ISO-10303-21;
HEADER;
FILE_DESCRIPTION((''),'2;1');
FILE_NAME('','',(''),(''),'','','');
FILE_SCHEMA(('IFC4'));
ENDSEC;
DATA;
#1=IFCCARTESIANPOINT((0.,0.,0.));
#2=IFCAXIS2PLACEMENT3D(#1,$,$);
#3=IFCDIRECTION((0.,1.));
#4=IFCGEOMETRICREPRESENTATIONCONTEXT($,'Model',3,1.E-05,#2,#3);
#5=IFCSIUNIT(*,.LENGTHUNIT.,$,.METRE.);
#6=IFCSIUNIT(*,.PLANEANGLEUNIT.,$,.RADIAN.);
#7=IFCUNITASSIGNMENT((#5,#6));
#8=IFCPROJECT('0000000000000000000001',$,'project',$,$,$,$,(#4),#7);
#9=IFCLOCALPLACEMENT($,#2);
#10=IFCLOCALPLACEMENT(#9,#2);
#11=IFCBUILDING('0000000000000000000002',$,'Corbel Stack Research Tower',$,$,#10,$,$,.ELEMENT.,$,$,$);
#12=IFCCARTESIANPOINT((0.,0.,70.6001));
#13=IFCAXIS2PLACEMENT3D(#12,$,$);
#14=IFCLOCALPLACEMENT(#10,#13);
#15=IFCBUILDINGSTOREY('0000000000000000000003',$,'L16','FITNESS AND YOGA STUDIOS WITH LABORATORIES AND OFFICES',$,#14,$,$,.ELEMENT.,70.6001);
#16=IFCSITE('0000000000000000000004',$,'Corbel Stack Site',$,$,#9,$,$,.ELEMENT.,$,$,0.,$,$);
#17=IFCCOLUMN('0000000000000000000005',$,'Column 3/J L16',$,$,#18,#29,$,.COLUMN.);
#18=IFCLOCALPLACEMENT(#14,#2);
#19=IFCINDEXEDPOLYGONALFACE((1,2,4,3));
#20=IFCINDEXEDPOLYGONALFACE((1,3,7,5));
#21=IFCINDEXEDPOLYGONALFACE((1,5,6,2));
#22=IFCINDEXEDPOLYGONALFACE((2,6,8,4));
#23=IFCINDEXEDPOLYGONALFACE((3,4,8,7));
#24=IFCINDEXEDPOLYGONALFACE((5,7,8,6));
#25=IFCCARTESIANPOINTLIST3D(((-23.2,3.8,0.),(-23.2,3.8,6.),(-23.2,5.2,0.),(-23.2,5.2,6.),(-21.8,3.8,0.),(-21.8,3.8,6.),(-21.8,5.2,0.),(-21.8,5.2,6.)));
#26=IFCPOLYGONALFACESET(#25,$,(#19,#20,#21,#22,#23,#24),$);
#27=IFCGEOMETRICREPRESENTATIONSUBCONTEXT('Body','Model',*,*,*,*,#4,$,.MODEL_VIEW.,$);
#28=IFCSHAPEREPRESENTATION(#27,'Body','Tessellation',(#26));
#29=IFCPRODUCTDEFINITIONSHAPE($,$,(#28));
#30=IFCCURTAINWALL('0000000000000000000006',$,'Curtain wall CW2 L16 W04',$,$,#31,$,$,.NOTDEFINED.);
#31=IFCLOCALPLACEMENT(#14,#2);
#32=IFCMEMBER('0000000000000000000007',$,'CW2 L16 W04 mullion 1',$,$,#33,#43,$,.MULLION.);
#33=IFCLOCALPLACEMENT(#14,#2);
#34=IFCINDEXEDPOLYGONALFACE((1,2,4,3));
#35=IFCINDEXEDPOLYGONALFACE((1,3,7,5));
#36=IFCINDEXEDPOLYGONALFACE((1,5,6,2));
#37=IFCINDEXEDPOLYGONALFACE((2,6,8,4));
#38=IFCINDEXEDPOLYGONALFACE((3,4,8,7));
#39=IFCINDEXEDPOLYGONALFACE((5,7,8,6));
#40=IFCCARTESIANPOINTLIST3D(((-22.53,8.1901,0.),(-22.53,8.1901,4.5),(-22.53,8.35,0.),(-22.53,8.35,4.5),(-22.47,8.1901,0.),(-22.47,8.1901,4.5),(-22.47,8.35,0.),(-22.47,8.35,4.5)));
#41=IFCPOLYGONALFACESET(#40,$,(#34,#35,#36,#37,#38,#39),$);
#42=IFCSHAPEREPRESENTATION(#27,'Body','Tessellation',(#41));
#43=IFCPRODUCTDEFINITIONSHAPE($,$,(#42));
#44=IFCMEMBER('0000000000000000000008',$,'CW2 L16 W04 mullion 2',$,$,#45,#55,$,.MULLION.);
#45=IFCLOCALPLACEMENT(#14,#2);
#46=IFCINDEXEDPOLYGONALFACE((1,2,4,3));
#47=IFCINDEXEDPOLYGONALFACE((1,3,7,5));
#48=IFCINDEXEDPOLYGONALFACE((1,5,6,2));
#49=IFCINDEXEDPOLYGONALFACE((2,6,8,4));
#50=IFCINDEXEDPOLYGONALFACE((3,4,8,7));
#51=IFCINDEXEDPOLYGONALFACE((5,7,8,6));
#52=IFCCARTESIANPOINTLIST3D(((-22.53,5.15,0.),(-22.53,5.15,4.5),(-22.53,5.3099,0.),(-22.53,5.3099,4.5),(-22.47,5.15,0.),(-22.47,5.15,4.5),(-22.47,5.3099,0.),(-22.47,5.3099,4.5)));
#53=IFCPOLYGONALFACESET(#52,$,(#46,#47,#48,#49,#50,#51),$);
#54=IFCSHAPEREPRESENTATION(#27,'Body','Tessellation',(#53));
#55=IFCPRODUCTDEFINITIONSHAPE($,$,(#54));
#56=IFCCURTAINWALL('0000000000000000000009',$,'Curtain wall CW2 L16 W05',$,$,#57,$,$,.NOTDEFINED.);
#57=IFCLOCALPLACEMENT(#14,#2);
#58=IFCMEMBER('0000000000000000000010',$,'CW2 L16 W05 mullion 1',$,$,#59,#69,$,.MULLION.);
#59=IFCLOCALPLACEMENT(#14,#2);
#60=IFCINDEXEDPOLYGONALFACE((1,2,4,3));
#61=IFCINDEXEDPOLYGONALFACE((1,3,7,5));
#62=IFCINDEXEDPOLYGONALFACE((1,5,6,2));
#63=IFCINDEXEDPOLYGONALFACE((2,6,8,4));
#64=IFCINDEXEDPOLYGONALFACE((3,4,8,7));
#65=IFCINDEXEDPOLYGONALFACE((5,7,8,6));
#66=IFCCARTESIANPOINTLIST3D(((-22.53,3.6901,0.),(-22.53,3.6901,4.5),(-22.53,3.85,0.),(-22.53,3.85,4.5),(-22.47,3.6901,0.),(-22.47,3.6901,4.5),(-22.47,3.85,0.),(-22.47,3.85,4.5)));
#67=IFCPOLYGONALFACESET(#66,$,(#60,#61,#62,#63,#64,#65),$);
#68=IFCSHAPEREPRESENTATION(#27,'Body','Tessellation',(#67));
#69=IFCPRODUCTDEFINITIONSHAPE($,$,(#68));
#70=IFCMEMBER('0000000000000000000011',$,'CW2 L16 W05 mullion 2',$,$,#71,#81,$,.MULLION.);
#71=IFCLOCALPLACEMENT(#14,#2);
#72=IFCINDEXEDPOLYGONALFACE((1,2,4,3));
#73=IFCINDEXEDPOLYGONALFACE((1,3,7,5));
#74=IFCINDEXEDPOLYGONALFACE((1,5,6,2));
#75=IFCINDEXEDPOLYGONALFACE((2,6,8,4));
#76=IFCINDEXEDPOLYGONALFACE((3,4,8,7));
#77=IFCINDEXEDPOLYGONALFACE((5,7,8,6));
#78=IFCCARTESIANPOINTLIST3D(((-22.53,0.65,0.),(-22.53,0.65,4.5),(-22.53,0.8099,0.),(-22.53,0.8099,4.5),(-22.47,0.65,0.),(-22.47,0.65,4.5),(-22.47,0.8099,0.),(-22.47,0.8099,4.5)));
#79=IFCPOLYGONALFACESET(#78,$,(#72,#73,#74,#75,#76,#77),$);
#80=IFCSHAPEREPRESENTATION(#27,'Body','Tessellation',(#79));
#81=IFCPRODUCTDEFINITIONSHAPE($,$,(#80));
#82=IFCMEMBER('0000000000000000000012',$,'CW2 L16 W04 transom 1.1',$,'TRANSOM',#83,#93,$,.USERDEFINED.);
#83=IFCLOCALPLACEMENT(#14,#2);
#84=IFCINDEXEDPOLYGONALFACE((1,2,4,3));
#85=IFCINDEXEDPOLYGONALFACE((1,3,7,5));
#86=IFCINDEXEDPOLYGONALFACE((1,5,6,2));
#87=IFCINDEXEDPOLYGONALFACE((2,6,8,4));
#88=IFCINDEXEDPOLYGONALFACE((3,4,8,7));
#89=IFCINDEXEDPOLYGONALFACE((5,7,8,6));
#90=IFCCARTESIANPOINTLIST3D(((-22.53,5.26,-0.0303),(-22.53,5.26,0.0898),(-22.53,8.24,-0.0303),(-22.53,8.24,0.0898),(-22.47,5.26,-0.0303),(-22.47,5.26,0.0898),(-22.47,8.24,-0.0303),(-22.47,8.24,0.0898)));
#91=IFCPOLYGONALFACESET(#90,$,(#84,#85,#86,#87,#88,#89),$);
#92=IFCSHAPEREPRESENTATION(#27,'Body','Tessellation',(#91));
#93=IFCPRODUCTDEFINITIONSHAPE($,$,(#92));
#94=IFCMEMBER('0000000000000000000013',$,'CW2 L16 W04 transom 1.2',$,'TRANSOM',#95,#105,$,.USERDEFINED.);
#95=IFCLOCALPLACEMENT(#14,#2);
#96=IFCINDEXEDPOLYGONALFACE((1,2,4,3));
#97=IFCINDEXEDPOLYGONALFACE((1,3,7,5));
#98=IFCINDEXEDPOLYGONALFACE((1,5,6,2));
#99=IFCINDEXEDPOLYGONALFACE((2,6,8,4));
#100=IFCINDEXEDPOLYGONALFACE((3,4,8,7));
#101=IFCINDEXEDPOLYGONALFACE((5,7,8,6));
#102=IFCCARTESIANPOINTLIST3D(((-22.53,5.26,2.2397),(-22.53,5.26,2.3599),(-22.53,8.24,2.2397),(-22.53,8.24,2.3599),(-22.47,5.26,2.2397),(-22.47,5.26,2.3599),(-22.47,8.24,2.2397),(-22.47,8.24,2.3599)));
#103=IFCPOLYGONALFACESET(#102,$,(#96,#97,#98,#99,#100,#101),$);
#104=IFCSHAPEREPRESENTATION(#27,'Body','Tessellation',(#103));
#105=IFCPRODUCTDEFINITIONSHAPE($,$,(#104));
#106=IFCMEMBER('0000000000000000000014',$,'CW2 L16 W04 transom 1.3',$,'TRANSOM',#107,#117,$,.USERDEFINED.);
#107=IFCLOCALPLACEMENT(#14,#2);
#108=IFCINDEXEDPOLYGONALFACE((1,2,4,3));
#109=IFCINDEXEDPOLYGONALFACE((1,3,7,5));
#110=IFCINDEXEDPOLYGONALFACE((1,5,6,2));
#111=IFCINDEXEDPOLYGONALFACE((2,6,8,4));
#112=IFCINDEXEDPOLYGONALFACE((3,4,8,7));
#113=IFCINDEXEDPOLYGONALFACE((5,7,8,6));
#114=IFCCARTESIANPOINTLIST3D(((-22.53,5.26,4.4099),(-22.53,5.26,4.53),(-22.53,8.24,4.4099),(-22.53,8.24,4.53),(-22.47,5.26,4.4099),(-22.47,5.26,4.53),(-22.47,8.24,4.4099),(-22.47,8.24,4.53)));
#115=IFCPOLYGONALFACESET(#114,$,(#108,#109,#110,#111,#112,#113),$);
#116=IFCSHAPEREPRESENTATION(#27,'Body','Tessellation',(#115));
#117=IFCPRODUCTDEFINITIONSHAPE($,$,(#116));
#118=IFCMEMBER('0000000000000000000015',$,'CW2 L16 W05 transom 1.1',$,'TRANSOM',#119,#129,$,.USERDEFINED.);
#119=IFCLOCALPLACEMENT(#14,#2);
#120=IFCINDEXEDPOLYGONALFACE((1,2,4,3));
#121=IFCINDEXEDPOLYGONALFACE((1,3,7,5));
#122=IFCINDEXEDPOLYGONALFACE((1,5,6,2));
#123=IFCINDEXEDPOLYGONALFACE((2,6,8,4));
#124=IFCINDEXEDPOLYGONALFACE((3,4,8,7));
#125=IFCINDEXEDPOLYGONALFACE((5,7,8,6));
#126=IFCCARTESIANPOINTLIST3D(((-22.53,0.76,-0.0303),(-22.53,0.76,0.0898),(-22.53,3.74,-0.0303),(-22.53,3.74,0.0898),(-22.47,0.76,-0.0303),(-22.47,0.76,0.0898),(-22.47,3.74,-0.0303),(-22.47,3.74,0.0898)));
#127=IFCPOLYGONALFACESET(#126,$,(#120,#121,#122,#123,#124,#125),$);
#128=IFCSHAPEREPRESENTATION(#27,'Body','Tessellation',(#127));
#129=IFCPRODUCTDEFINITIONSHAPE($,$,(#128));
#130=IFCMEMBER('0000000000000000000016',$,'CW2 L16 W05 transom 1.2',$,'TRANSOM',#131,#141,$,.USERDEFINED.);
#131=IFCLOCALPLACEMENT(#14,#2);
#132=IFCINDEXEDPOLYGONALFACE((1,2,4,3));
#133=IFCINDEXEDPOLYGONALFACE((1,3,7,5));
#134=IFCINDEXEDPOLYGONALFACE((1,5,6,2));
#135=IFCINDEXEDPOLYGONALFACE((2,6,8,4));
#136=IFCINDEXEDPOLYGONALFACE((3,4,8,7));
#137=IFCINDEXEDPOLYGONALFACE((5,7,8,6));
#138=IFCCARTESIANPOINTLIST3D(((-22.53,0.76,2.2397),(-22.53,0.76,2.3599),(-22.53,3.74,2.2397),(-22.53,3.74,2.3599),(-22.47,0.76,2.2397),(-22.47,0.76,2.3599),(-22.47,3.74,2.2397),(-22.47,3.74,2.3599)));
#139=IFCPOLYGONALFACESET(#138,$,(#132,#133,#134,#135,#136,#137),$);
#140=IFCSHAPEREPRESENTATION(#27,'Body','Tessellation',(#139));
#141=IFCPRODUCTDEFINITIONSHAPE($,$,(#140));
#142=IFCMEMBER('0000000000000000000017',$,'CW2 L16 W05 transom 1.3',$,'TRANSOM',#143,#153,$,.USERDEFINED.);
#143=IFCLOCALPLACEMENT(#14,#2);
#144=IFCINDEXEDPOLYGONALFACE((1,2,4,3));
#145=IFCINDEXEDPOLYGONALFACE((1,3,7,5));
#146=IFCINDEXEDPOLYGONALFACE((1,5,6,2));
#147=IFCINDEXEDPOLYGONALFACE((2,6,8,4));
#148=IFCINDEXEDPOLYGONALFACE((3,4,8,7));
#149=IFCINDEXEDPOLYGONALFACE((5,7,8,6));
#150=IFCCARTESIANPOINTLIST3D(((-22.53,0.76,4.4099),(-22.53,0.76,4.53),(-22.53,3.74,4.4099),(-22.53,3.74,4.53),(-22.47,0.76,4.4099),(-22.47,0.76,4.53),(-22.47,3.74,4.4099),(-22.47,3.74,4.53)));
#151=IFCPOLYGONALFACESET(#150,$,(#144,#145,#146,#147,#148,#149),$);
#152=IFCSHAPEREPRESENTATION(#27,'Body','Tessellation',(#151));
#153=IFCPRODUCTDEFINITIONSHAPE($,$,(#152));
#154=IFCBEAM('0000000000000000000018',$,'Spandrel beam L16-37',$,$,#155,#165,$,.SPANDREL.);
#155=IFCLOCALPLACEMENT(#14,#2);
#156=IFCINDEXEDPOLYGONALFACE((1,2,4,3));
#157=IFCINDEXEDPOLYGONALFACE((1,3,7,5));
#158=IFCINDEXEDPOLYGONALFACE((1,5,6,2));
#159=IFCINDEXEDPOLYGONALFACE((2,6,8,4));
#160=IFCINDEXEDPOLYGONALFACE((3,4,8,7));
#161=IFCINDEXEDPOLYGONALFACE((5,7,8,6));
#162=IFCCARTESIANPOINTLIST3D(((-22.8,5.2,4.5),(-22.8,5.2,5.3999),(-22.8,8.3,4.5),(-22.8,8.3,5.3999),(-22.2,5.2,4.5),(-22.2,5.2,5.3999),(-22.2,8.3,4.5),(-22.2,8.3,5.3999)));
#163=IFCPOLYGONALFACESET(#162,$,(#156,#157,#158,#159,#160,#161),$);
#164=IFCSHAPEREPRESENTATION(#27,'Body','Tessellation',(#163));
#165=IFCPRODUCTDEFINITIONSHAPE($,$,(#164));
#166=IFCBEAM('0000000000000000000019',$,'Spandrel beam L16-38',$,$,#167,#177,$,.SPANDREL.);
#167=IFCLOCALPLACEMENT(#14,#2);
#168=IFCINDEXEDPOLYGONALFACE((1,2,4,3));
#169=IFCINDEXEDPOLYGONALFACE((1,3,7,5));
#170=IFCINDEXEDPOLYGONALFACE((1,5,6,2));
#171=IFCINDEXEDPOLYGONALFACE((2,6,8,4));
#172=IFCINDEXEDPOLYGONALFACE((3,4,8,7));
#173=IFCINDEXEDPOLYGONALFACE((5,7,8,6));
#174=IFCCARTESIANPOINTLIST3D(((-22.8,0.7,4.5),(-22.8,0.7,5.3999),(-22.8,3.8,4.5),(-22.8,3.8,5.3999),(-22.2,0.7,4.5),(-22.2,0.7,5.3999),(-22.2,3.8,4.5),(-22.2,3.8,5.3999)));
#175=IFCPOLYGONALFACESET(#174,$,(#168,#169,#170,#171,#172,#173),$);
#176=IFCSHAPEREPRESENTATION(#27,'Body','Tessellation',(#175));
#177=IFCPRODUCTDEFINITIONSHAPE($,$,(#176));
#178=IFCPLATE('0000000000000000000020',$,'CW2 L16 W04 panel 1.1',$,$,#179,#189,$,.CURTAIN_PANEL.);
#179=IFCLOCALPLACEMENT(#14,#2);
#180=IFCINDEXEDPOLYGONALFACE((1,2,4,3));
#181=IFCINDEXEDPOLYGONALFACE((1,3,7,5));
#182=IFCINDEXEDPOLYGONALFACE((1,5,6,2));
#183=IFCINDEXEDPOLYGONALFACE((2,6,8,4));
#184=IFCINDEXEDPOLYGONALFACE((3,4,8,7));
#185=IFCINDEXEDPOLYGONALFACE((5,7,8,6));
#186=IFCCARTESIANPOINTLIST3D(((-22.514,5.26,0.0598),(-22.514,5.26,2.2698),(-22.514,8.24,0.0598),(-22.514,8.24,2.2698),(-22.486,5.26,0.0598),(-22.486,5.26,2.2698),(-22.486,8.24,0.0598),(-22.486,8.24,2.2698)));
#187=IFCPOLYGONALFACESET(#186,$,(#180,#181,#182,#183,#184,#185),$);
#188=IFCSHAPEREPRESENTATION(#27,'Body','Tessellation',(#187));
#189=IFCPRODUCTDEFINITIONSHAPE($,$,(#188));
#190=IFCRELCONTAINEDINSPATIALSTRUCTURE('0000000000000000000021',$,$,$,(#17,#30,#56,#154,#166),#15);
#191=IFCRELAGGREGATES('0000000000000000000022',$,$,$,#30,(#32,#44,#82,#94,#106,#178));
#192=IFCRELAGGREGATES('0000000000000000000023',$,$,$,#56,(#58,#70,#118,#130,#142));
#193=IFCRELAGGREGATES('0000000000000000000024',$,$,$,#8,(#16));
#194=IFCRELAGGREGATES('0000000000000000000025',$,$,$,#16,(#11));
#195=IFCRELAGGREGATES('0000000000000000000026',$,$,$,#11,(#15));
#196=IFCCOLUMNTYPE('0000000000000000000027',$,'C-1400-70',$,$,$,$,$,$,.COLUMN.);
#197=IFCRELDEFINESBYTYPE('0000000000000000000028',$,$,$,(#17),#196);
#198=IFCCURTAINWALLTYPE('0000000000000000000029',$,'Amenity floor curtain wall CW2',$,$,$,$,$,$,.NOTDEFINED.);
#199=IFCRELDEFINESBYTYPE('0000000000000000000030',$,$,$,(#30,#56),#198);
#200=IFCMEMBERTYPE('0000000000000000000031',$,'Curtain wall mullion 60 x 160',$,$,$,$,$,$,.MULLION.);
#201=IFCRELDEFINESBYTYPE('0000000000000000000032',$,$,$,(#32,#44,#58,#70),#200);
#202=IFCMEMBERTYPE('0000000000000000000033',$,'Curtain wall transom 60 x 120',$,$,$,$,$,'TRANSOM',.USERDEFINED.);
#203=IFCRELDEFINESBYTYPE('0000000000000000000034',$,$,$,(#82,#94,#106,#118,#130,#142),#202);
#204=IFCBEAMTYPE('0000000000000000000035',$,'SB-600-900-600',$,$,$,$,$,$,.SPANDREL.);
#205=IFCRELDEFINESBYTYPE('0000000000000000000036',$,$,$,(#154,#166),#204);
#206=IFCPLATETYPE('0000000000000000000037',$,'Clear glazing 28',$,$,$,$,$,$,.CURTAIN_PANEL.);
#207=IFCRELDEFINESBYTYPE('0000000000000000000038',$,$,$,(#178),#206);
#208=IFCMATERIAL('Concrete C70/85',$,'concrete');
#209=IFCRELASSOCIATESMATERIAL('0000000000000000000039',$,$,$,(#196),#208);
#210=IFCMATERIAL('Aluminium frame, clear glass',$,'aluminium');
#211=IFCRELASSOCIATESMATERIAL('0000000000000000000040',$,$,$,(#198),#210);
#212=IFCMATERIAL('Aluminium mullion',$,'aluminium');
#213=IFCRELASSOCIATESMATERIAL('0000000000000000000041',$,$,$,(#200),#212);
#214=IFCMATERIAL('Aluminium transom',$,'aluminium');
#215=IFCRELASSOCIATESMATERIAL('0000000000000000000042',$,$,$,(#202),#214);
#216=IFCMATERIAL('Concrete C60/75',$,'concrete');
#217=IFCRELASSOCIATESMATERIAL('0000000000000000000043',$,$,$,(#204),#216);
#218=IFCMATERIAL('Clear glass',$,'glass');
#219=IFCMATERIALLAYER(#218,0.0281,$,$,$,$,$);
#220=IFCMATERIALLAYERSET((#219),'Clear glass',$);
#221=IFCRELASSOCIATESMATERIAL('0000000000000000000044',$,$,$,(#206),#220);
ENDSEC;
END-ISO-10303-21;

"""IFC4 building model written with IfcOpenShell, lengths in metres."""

from ifc_helpers import new_model, si_unit, direction, frame, origin, origin_2d, place, context, subcontext, project, spatial, rectangle, extrude, material, layer, layer_set, material_profile, profile_set, type_object, element, aggregate, save


model = new_model("IFC4")

# Units and contexts
model_context = context("Model", 3, precision=1e-05, world=origin(), true_north=direction((0.0, 1.0)))
body_context = subcontext(model_context, "Body", "Model", "MODEL_VIEW")
ifc_project = project(units=[si_unit("LENGTHUNIT", "METRE"), si_unit("PLANEANGLEUNIT", "RADIAN")], contexts=[model_context])

# Site, building, storey
site_placement = place(None, origin())
site = spatial("IfcSite", under=ifc_project, at=site_placement, Name="Corbel Stack Site", CompositionType="ELEMENT", RefElevation=0.0)
building_placement = place(site_placement, origin())
building = spatial("IfcBuilding", under=site, at=building_placement, Name="Corbel Stack Research Tower", CompositionType="ELEMENT")
storey_placement = place(building_placement, frame((0.0, 0.0, 70.6001)))
storey = spatial("IfcBuildingStorey", under=building, at=storey_placement, Name="L16", Description="FITNESS AND YOGA STUDIOS WITH LABORATORIES AND OFFICES", CompositionType="ELEMENT", Elevation=70.6001)

# Column
ifc_material_1 = material(Name="Concrete C70/85", Category="concrete")
ifc_material_profile_1 = material_profile(ifc_material_1, rectangle(XDim=1.3999, YDim=1.3999, at=origin_2d()), Name="RC 1400 x 1400")
ifc_profile_set_1 = profile_set([ifc_material_profile_1], Name="Concrete C70/85")
column_type = type_object("IfcColumnType", Name="C-1400-70", PredefinedType="COLUMN", material=ifc_profile_set_1)
column_placement = place(storey_placement, frame((-22.5, 4.5, 0.0), z_axis=(0.0, 0.0, 1.0), x_axis=(1.0, 0.0, 0.0)))
element("IfcColumn", 1, at=column_placement, inside=storey, type_object=column_type, Name="Column 3/J L16", PredefinedType="COLUMN", context=body_context, shape_type="SweptSolid", body=[
    extrude(rectangle(XDim=1.3999, YDim=1.3999, at=origin_2d()), origin(), (0.0, 0.0, 1.0), 6.0),
])

# Curtain walls, members
ifc_material_2 = material(Name="Aluminium frame, clear glass", Category="aluminium")
curtain_wall_type = type_object("IfcCurtainWallType", Name="Amenity floor curtain wall CW2", PredefinedType="NOTDEFINED", material=ifc_material_2)
curtain_wall_1_placement = place(storey_placement, origin())
curtain_wall_1 = element("IfcCurtainWall", 2, at=curtain_wall_1_placement, inside=storey, type_object=curtain_wall_type, Name="Curtain wall CW2 L16 W04", PredefinedType="NOTDEFINED")
ifc_material_3 = material(Name="Aluminium mullion", Category="aluminium")
ifc_material_profile_2 = material_profile(ifc_material_3, rectangle(XDim=0.0601, YDim=0.1599, at=origin_2d()), Name="Mullion 60 x 160")
ifc_profile_set_2 = profile_set([ifc_material_profile_2], Name="Aluminium mullion")
member_type_1 = type_object("IfcMemberType", Name="Curtain wall mullion 60 x 160", PredefinedType="MULLION", material=ifc_profile_set_2)
member_1_placement = place(storey_placement, frame((-22.5, 8.27, 0.0), z_axis=(0.0, 0.0, 1.0), x_axis=(1.0, 0.0, 0.0)))
member_1 = element("IfcMember", 3, at=member_1_placement, type_object=member_type_1, Name="CW2 L16 W04 mullion 1", PredefinedType="MULLION", context=body_context, shape_type="SweptSolid", body=[
    extrude(rectangle(XDim=0.0601, YDim=0.1599, at=origin_2d()), origin(), (0.0, 0.0, 1.0), 4.5),
])
member_2_placement = place(storey_placement, frame((-22.5, 5.23, 0.0), z_axis=(0.0, 0.0, 1.0), x_axis=(1.0, 0.0, 0.0)))
member_2 = element("IfcMember", 4, at=member_2_placement, type_object=member_type_1, Name="CW2 L16 W04 mullion 2", PredefinedType="MULLION", context=body_context, shape_type="SweptSolid", body=[
    extrude(rectangle(XDim=0.0601, YDim=0.1599, at=origin_2d()), origin(), (0.0, 0.0, 1.0), 4.5),
])
curtain_wall_2_placement = place(storey_placement, origin())
curtain_wall_2 = element("IfcCurtainWall", 5, at=curtain_wall_2_placement, inside=storey, type_object=curtain_wall_type, Name="Curtain wall CW2 L16 W05", PredefinedType="NOTDEFINED")
member_3_placement = place(storey_placement, frame((-22.5, 3.77, 0.0), z_axis=(0.0, 0.0, 1.0), x_axis=(1.0, 0.0, 0.0)))
member_3 = element("IfcMember", 6, at=member_3_placement, type_object=member_type_1, Name="CW2 L16 W05 mullion 1", PredefinedType="MULLION", context=body_context, shape_type="SweptSolid", body=[
    extrude(rectangle(XDim=0.0601, YDim=0.1599, at=origin_2d()), origin(), (0.0, 0.0, 1.0), 4.5),
])
member_4_placement = place(storey_placement, frame((-22.5, 0.73, 0.0), z_axis=(0.0, 0.0, 1.0), x_axis=(1.0, 0.0, 0.0)))
member_4 = element("IfcMember", 7, at=member_4_placement, type_object=member_type_1, Name="CW2 L16 W05 mullion 2", PredefinedType="MULLION", context=body_context, shape_type="SweptSolid", body=[
    extrude(rectangle(XDim=0.0601, YDim=0.1599, at=origin_2d()), origin(), (0.0, 0.0, 1.0), 4.5),
])

# Members
ifc_material_4 = material(Name="Aluminium transom", Category="aluminium")
ifc_material_profile_3 = material_profile(ifc_material_4, rectangle(XDim=0.0601, YDim=0.1201, at=origin_2d()), Name="Transom 60 x 120")
ifc_profile_set_3 = profile_set([ifc_material_profile_3], Name="Aluminium transom")
member_type_2 = type_object("IfcMemberType", Name="Curtain wall transom 60 x 120", ElementType="TRANSOM", PredefinedType="USERDEFINED", material=ifc_profile_set_3)
member_5_placement = place(storey_placement, frame((-22.5, 8.24, 0.0298), z_axis=(0.0, -1.0, 0.0), x_axis=(1.0, 0.0, 0.0)))
member_5 = element("IfcMember", 8, at=member_5_placement, type_object=member_type_2, Name="CW2 L16 W04 transom 1.1", ObjectType="TRANSOM", PredefinedType="USERDEFINED", context=body_context, shape_type="SweptSolid", body=[
    extrude(rectangle(XDim=0.0601, YDim=0.1201, at=origin_2d()), origin(), (0.0, 0.0, 1.0), 2.98),
])
member_6_placement = place(storey_placement, frame((-22.5, 8.24, 2.2998), z_axis=(0.0, -1.0, 0.0), x_axis=(1.0, 0.0, 0.0)))
member_6 = element("IfcMember", 9, at=member_6_placement, type_object=member_type_2, Name="CW2 L16 W04 transom 1.2", ObjectType="TRANSOM", PredefinedType="USERDEFINED", context=body_context, shape_type="SweptSolid", body=[
    extrude(rectangle(XDim=0.0601, YDim=0.1201, at=origin_2d()), origin(), (0.0, 0.0, 1.0), 2.98),
])
member_7_placement = place(storey_placement, frame((-22.5, 8.24, 4.47), z_axis=(0.0, -1.0, 0.0), x_axis=(1.0, 0.0, 0.0)))
member_7 = element("IfcMember", 10, at=member_7_placement, type_object=member_type_2, Name="CW2 L16 W04 transom 1.3", ObjectType="TRANSOM", PredefinedType="USERDEFINED", context=body_context, shape_type="SweptSolid", body=[
    extrude(rectangle(XDim=0.0601, YDim=0.1201, at=origin_2d()), origin(), (0.0, 0.0, 1.0), 2.98),
])
member_8_placement = place(storey_placement, frame((-22.5, 3.74, 0.0298), z_axis=(0.0, -1.0, 0.0), x_axis=(1.0, 0.0, 0.0)))
member_8 = element("IfcMember", 11, at=member_8_placement, type_object=member_type_2, Name="CW2 L16 W05 transom 1.1", ObjectType="TRANSOM", PredefinedType="USERDEFINED", context=body_context, shape_type="SweptSolid", body=[
    extrude(rectangle(XDim=0.0601, YDim=0.1201, at=origin_2d()), origin(), (0.0, 0.0, 1.0), 2.98),
])
member_9_placement = place(storey_placement, frame((-22.5, 3.74, 2.2998), z_axis=(0.0, -1.0, 0.0), x_axis=(1.0, 0.0, 0.0)))
member_9 = element("IfcMember", 12, at=member_9_placement, type_object=member_type_2, Name="CW2 L16 W05 transom 1.2", ObjectType="TRANSOM", PredefinedType="USERDEFINED", context=body_context, shape_type="SweptSolid", body=[
    extrude(rectangle(XDim=0.0601, YDim=0.1201, at=origin_2d()), origin(), (0.0, 0.0, 1.0), 2.98),
])
member_10_placement = place(storey_placement, frame((-22.5, 3.74, 4.47), z_axis=(0.0, -1.0, 0.0), x_axis=(1.0, 0.0, 0.0)))
member_10 = element("IfcMember", 13, at=member_10_placement, type_object=member_type_2, Name="CW2 L16 W05 transom 1.3", ObjectType="TRANSOM", PredefinedType="USERDEFINED", context=body_context, shape_type="SweptSolid", body=[
    extrude(rectangle(XDim=0.0601, YDim=0.1201, at=origin_2d()), origin(), (0.0, 0.0, 1.0), 2.98),
])

# Beams
ifc_material_5 = material(Name="Concrete C60/75", Category="concrete")
ifc_material_profile_4 = material_profile(ifc_material_5, rectangle(XDim=0.6001, YDim=0.8999, at=origin_2d()), Name="RC 600 x 900")
ifc_profile_set_4 = profile_set([ifc_material_profile_4], Name="Concrete C60/75")
beam_type = type_object("IfcBeamType", Name="SB-600-900-600", PredefinedType="SPANDREL", material=ifc_profile_set_4)
for number, where, z_axis, x_axis, name in (
    (14, (-22.5, 8.3, 4.95), (0.0, -1.0, 0.0), (1.0, 0.0, 0.0), "Spandrel beam L16-37"),
    (15, (-22.5, 3.8, 4.95), (0.0, -1.0, 0.0), (1.0, 0.0, 0.0), "Spandrel beam L16-38"),
):
    element("IfcBeam", number, at=place(storey_placement, frame(where, z_axis=z_axis, x_axis=x_axis)), inside=storey, type_object=beam_type, Name=name, PredefinedType="SPANDREL", context=body_context, shape_type="SweptSolid", body=[
        extrude(rectangle(XDim=0.6001, YDim=0.8999, at=origin_2d()), origin(), (0.0, 0.0, 1.0), 3.1001),
    ])

# Plate
ifc_material_6 = material(Name="Clear glass", Category="glass")
ifc_layer = layer(ifc_material_6, 0.0281)
ifc_layer_set = layer_set([ifc_layer], Name="Clear glass")
plate_type = type_object("IfcPlateType", Name="Clear glazing 28", PredefinedType="CURTAIN_PANEL", material=ifc_layer_set)
plate_1_placement = place(storey_placement, frame((-22.5, 6.75, 0.0598), z_axis=(0.0, 0.0, 1.0), x_axis=(0.0, -1.0, 0.0)))
plate_1 = element("IfcPlate", 16, at=plate_1_placement, type_object=plate_type, Name="CW2 L16 W04 panel 1.1", PredefinedType="CURTAIN_PANEL", context=body_context, shape_type="SweptSolid", body=[
    extrude(rectangle(XDim=2.98, YDim=0.0281, at=origin_2d()), origin(), (0.0, 0.0, 1.0), 2.21),
])
aggregate(curtain_wall_1, [member_1, member_2, member_5, member_6, member_7, plate_1])
aggregate(curtain_wall_2, [member_3, member_4, member_8, member_9, member_10])

save(model, "model.ifc")
